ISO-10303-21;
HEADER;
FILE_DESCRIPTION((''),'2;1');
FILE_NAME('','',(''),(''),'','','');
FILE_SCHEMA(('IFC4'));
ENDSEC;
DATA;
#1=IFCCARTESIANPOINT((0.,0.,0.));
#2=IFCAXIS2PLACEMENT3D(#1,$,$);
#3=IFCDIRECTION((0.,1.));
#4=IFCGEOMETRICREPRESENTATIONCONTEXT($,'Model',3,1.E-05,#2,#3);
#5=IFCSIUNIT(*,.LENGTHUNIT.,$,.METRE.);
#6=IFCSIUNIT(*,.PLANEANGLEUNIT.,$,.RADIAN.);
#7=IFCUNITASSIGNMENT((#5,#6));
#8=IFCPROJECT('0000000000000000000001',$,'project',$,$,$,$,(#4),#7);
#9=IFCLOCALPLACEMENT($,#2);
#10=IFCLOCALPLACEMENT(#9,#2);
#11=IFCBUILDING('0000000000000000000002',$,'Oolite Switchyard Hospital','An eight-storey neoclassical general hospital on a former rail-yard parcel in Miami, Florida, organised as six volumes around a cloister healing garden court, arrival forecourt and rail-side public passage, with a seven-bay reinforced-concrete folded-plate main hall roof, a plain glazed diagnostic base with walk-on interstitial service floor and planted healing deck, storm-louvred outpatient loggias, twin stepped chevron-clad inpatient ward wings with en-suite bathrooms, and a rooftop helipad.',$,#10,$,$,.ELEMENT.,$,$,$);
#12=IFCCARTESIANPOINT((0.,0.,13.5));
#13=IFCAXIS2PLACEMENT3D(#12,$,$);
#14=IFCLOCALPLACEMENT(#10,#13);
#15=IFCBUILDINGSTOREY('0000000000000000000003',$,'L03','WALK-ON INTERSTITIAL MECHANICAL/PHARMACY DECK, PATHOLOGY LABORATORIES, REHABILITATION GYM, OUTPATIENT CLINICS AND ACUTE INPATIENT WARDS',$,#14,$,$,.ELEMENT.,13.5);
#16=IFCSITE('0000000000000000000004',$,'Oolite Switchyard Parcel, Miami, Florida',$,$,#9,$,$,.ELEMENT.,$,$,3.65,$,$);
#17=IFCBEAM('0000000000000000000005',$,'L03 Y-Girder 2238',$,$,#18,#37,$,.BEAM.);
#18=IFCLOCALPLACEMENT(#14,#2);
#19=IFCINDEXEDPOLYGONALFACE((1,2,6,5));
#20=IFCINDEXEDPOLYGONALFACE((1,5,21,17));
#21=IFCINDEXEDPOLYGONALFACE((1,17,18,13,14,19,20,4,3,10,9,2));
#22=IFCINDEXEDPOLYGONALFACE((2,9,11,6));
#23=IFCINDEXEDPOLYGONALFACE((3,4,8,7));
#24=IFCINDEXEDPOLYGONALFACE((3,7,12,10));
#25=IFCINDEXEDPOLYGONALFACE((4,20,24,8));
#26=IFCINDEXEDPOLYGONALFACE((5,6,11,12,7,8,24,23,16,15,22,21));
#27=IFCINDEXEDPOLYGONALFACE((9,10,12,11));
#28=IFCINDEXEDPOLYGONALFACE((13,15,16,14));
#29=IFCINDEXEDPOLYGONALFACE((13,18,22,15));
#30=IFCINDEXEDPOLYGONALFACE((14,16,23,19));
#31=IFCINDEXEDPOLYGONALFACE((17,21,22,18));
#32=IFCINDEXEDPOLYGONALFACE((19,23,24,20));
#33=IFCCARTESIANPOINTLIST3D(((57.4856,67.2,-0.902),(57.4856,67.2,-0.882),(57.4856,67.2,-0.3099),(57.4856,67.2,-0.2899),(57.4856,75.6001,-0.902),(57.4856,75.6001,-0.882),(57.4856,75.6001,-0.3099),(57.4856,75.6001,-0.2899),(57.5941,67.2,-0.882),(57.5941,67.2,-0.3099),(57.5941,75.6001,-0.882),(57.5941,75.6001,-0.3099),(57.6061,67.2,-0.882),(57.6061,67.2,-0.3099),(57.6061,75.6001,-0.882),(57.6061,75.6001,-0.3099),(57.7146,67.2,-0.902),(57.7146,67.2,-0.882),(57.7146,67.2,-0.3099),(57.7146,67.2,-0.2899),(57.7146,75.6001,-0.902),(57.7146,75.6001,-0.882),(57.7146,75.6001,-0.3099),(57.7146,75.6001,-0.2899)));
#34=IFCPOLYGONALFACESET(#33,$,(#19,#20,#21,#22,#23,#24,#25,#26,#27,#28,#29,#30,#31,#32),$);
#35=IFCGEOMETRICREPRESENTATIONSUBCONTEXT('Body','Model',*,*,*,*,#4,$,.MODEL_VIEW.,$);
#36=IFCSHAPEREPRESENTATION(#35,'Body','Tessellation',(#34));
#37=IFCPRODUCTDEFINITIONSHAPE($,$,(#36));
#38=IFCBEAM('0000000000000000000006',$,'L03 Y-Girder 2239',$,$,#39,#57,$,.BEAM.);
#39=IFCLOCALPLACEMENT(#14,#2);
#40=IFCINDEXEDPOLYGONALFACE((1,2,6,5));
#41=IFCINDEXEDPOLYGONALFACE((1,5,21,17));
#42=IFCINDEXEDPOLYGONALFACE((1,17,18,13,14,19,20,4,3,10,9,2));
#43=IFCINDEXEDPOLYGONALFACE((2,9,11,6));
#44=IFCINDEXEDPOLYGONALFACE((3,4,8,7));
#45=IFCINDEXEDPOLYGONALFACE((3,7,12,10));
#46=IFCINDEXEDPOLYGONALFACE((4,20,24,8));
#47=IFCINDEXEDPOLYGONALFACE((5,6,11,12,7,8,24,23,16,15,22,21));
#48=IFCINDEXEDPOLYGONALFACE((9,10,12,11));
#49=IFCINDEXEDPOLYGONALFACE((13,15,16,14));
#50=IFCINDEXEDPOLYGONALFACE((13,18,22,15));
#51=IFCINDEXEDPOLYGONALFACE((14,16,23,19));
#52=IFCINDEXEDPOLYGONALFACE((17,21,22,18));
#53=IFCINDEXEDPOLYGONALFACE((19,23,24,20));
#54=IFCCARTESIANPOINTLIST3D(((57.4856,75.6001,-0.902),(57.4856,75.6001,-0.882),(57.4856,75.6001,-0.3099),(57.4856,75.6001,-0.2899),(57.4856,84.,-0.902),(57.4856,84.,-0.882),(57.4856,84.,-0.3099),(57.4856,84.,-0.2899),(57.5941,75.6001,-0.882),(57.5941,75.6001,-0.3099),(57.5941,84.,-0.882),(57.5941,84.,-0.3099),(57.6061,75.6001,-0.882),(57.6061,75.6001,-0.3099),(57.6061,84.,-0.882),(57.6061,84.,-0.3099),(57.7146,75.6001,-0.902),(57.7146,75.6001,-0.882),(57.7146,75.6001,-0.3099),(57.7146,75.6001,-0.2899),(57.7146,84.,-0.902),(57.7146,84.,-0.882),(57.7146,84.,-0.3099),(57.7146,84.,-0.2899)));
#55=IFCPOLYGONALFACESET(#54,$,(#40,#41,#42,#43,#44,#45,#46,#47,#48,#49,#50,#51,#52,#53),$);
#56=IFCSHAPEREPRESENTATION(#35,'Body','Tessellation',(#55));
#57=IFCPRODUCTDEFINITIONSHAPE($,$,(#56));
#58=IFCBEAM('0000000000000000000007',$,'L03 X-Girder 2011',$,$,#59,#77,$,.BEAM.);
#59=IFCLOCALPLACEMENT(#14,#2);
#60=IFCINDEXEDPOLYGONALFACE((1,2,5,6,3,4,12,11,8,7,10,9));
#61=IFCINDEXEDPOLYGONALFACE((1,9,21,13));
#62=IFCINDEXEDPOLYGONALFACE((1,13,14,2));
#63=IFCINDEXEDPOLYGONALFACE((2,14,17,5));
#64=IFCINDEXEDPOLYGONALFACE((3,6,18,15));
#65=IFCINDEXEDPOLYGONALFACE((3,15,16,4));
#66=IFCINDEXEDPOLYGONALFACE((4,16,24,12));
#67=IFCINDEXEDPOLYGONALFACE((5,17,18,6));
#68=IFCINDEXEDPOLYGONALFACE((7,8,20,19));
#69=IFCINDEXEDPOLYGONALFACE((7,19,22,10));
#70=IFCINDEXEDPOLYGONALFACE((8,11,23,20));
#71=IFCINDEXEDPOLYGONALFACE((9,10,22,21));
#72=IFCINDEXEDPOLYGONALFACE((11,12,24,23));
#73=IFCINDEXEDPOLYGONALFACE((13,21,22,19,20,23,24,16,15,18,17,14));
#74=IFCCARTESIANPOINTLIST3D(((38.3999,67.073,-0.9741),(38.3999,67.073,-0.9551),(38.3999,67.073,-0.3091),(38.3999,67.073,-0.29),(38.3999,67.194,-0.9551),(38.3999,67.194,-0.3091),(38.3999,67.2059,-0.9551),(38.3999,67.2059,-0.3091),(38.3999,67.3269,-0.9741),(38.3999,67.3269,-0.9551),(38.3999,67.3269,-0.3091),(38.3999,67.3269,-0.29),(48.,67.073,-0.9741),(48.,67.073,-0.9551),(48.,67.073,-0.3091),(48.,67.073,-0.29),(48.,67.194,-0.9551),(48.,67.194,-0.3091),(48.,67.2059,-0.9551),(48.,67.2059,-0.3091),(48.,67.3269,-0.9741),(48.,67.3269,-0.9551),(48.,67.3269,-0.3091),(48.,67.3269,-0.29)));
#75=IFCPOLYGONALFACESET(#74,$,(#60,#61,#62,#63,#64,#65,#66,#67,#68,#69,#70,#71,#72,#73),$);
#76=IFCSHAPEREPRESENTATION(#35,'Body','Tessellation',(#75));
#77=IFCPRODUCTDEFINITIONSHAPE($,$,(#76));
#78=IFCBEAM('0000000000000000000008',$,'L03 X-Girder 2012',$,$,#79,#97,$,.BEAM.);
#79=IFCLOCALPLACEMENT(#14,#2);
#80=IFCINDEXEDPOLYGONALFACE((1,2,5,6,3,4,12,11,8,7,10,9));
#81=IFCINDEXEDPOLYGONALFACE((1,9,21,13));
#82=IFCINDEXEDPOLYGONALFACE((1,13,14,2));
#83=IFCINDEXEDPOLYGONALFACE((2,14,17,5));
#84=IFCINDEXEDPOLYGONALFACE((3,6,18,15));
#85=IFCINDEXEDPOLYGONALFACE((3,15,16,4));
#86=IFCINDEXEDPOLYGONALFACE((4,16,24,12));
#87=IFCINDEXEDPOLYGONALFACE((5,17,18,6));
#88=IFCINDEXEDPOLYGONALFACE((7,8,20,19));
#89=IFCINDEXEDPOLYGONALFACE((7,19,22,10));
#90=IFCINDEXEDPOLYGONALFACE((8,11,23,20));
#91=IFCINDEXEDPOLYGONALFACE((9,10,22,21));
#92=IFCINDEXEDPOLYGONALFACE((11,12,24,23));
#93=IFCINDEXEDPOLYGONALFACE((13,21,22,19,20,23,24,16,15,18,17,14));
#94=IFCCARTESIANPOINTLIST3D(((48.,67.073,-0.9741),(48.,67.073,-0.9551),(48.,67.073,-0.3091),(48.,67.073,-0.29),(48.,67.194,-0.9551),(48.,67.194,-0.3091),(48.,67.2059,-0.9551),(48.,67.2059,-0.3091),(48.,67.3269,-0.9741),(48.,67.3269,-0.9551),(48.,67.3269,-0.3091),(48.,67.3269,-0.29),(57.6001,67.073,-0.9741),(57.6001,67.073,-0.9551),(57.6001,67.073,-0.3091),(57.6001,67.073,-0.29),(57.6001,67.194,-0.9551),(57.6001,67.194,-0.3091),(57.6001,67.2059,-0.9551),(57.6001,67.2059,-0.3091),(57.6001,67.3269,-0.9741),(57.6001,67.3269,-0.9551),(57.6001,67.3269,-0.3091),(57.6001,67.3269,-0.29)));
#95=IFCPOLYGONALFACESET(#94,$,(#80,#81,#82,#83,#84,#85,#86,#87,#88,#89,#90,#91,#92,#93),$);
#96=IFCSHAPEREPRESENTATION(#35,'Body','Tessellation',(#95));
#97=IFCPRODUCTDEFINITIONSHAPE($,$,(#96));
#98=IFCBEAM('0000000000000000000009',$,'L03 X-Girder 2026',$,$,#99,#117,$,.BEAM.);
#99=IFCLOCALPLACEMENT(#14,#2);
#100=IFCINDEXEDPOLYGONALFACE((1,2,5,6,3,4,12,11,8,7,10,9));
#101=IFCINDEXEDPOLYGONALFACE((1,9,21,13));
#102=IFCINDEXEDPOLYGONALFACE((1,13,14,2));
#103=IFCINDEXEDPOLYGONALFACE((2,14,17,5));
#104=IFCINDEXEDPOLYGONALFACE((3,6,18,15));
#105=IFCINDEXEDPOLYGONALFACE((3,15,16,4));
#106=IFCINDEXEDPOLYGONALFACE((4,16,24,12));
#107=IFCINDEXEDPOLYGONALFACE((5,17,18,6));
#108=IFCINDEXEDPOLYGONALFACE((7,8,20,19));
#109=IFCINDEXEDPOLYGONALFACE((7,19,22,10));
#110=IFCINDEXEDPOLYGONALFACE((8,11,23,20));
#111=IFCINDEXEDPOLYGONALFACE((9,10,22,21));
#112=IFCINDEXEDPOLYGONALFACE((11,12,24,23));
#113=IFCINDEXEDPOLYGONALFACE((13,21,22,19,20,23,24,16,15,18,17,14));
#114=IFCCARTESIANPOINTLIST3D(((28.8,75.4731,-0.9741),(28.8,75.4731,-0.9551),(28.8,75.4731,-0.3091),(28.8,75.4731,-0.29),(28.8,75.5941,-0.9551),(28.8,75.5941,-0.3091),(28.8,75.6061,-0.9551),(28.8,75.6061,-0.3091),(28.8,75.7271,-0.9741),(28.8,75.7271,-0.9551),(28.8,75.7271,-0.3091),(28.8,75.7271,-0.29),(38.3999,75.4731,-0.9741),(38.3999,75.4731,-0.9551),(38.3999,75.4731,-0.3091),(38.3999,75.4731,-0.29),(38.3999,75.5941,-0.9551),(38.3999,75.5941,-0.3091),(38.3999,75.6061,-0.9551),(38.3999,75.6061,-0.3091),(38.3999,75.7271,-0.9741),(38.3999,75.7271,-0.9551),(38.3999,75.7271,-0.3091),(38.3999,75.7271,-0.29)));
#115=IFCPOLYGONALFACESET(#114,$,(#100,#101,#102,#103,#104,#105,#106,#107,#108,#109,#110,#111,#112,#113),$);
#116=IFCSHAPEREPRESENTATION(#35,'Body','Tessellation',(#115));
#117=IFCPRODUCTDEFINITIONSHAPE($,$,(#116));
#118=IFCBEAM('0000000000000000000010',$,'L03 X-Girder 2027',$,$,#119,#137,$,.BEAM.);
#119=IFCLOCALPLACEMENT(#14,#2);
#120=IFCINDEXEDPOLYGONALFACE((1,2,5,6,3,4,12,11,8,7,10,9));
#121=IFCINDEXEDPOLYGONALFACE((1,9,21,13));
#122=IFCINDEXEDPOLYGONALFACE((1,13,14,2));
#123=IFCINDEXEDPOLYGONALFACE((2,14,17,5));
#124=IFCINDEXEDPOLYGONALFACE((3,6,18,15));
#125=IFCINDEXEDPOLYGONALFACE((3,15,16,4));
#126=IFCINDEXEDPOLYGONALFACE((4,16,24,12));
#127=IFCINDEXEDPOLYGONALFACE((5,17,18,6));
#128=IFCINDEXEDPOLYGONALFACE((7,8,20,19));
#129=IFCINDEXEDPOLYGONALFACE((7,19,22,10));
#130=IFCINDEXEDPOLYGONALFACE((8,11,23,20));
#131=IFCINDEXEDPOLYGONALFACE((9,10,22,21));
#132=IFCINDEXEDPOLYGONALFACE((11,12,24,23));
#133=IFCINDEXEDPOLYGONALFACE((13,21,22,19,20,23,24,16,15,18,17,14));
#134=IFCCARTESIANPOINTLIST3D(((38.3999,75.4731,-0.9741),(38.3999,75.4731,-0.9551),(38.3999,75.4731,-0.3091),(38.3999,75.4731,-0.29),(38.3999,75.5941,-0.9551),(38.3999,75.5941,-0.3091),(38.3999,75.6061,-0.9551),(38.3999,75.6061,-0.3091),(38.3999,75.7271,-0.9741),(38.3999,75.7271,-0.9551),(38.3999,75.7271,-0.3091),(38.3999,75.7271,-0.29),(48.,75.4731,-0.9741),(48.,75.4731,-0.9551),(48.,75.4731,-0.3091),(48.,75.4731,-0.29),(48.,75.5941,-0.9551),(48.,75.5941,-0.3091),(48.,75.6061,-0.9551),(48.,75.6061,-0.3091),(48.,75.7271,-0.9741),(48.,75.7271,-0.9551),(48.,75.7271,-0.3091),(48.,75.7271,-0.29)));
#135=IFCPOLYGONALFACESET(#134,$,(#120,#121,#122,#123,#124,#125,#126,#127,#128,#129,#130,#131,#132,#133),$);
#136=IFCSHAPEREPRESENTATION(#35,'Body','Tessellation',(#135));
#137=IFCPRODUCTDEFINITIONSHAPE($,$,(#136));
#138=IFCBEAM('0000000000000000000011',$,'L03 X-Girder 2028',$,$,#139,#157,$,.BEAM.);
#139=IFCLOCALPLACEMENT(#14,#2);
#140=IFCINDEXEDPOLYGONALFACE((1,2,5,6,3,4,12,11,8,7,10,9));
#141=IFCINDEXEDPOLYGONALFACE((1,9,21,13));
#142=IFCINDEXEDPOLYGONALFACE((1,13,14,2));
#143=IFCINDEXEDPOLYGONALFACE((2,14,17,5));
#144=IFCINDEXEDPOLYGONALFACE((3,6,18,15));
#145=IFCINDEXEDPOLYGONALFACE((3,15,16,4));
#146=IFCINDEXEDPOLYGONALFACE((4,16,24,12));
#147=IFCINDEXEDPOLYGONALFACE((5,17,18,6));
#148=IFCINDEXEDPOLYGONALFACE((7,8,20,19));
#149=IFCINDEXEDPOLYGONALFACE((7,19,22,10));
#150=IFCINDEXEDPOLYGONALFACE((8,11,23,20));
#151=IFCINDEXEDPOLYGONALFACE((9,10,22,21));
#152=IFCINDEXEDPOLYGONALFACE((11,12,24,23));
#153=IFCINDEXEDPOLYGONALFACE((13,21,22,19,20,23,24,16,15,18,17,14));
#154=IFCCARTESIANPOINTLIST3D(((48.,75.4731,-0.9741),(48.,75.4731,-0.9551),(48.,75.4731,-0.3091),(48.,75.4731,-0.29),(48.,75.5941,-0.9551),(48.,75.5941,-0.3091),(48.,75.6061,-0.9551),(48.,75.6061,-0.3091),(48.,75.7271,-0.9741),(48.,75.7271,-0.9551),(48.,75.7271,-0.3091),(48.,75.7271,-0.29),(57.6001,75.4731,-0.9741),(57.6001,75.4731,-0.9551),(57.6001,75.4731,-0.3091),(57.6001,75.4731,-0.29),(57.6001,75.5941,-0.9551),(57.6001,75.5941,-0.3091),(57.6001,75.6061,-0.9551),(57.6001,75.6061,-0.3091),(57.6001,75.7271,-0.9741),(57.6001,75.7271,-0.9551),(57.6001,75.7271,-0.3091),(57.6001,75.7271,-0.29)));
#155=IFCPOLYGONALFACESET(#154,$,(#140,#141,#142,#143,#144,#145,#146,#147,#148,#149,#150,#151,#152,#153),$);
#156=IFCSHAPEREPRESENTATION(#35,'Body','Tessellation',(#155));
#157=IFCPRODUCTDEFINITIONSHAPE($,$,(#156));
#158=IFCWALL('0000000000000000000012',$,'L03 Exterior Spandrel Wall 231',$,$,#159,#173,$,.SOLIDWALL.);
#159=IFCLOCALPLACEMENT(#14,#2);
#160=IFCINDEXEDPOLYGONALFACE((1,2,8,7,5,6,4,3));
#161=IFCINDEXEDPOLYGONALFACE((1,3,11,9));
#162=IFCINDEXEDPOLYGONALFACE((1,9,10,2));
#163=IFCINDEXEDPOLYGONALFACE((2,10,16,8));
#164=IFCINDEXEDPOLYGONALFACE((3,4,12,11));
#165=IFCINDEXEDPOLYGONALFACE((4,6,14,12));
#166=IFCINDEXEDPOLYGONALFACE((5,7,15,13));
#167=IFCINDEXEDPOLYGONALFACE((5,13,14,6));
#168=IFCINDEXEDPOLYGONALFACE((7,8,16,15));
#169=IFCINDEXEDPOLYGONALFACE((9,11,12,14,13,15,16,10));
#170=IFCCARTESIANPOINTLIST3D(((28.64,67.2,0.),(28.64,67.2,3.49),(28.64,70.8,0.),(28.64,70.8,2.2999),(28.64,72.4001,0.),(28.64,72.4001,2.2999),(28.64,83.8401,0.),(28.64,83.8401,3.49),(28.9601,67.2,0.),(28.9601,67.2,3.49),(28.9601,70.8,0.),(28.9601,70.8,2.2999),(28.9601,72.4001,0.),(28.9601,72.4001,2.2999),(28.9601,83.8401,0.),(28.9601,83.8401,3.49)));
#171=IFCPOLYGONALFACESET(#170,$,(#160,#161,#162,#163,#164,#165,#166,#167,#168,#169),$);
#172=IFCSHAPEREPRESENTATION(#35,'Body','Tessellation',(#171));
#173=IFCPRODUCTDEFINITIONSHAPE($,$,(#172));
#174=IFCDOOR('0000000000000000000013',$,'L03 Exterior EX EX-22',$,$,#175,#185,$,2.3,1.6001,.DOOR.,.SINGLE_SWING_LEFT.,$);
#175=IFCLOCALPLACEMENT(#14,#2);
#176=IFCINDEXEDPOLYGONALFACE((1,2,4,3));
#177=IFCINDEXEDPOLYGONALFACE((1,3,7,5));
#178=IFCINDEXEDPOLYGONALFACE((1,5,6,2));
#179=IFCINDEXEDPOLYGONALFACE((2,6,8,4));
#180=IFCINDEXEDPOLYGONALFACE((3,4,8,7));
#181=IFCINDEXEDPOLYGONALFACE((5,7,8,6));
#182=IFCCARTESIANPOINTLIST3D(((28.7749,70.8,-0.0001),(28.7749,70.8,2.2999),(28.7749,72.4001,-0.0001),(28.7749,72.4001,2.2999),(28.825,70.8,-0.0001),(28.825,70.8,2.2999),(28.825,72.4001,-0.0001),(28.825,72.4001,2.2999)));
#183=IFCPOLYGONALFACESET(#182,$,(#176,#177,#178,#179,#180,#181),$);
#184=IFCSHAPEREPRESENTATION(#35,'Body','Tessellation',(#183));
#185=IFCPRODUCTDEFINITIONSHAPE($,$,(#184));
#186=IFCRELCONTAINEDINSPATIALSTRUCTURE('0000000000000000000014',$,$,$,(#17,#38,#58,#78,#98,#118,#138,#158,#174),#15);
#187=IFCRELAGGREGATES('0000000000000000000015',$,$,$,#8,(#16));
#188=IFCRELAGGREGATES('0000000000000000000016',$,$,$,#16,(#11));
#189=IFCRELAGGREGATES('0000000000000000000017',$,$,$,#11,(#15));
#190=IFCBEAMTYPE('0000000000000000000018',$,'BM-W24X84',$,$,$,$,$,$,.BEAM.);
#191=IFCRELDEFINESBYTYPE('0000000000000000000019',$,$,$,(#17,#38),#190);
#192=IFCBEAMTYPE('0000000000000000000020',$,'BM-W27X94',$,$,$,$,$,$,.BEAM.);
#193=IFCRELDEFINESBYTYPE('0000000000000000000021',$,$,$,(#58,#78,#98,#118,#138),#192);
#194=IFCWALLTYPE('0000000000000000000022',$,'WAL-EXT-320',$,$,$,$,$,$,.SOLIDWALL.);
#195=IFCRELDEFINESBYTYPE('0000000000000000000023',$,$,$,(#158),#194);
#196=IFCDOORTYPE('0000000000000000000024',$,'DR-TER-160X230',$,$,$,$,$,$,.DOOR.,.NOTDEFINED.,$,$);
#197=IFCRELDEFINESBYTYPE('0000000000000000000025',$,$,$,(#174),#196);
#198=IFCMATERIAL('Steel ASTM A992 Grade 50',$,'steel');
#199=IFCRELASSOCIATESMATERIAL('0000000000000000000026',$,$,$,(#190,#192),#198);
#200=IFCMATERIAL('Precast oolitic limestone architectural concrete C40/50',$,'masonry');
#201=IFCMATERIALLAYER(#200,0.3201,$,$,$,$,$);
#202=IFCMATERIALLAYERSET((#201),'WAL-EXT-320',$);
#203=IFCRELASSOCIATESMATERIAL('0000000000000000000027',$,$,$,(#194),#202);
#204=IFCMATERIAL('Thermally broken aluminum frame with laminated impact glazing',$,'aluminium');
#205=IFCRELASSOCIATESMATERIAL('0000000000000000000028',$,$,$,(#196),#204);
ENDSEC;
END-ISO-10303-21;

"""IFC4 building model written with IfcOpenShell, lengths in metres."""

from ifc_helpers import new_model, si_unit, direction, frame, frame_2d, origin, origin_2d, place, context, subcontext, project, spatial, rectangle, i_section, extrude, material, layer, layer_set, material_profile, profile_set, type_object, element, fill, save


model = new_model("IFC4")

# Units and contexts
model_context = context("Model", 3, precision=1e-05, world=origin(), true_north=direction((0.0, 1.0)))
body_context = subcontext(model_context, "Body", "Model", "MODEL_VIEW")
ifc_project = project(units=[si_unit("LENGTHUNIT", "METRE"), si_unit("PLANEANGLEUNIT", "RADIAN")], contexts=[model_context])

# Site, building, storey
site_placement = place(None, origin())
site = spatial("IfcSite", under=ifc_project, at=site_placement, Name="Oolite Switchyard Parcel, Miami, Florida", CompositionType="ELEMENT", RefElevation=3.65)
building_placement = place(site_placement, origin())
building = spatial("IfcBuilding", under=site, at=building_placement, Name="Oolite Switchyard Hospital", Description="An eight-storey neoclassical general hospital on a former rail-yard parcel in Miami, Florida, organised as six volumes around a cloister healing garden court, arrival forecourt and rail-side public passage, with a seven-bay reinforced-concrete folded-plate main hall roof, a plain glazed diagnostic base with walk-on interstitial service floor and planted healing deck, storm-louvred outpatient loggias, twin stepped chevron-clad inpatient ward wings with en-suite bathrooms, and a rooftop helipad.", CompositionType="ELEMENT")
storey_placement = place(building_placement, frame((0.0, 0.0, 13.5)))
storey = spatial("IfcBuildingStorey", under=building, at=storey_placement, Name="L03", Description="WALK-ON INTERSTITIAL MECHANICAL/PHARMACY DECK, PATHOLOGY LABORATORIES, REHABILITATION GYM, OUTPATIENT CLINICS AND ACUTE INPATIENT WARDS", CompositionType="ELEMENT", Elevation=13.5)

# Beams
ifc_material_1 = material(Name="Steel ASTM A992 Grade 50", Category="steel")
ifc_material_profile_1 = material_profile(ifc_material_1, i_section(OverallWidth=0.229, OverallDepth=0.6121, WebThickness=0.012, FlangeThickness=0.02, at=origin_2d()), Name="W24X84")
ifc_profile_set_1 = profile_set([ifc_material_profile_1], Name="Steel ASTM A992 Grade 50")
beam_type_1 = type_object("IfcBeamType", Name="BM-W24X84", PredefinedType="BEAM", material=ifc_profile_set_1)
beam_1_placement = place(storey_placement, frame((57.6001, 67.2, -0.5959), z_axis=(0.0, 1.0, 0.0), x_axis=(-1.0, 0.0, 0.0)))
element("IfcBeam", 1, at=beam_1_placement, inside=storey, type_object=beam_type_1, Name="L03 Y-Girder 2238", PredefinedType="BEAM", context=body_context, shape_type="SweptSolid", body=[
    extrude(i_section(OverallWidth=0.229, OverallDepth=0.6121, WebThickness=0.012, FlangeThickness=0.02, at=origin_2d()), origin(), (0.0, 0.0, 1.0), 8.4001),
])
beam_2_placement = place(storey_placement, frame((57.6001, 75.6001, -0.5959), z_axis=(0.0, 1.0, 0.0), x_axis=(-1.0, 0.0, 0.0)))
element("IfcBeam", 2, at=beam_2_placement, inside=storey, type_object=beam_type_1, Name="L03 Y-Girder 2239", PredefinedType="BEAM", context=body_context, shape_type="SweptSolid", body=[
    extrude(i_section(OverallWidth=0.229, OverallDepth=0.6121, WebThickness=0.012, FlangeThickness=0.02, at=origin_2d()), origin(), (0.0, 0.0, 1.0), 8.3999),
])
ifc_material_profile_2 = material_profile(ifc_material_1, i_section(OverallWidth=0.2539, OverallDepth=0.6841, WebThickness=0.012, FlangeThickness=0.019, at=origin_2d()), Name="W27X94")
ifc_profile_set_2 = profile_set([ifc_material_profile_2], Name="Steel ASTM A992 Grade 50")
beam_type_2 = type_object("IfcBeamType", Name="BM-W27X94", PredefinedType="BEAM", material=ifc_profile_set_2)
for number, where, z_axis, x_axis, name in (
    (3, (38.3999, 67.2, -0.6321), (1.0, 0.0, 0.0), (0.0, 1.0, 0.0), "L03 X-Girder 2011"),
    (4, (48.0, 67.2, -0.6321), (1.0, 0.0, 0.0), (0.0, 1.0, 0.0), "L03 X-Girder 2012"),
):
    element("IfcBeam", number, at=place(storey_placement, frame(where, z_axis=z_axis, x_axis=x_axis)), inside=storey, type_object=beam_type_2, Name=name, PredefinedType="BEAM", context=body_context, shape_type="SweptSolid", body=[
        extrude(i_section(OverallWidth=0.2539, OverallDepth=0.6841, WebThickness=0.012, FlangeThickness=0.019, at=origin_2d()), origin(), (0.0, 0.0, 1.0), 9.6001),
    ])
beam_3_placement = place(storey_placement, frame((28.8, 75.6001, -0.6321), z_axis=(1.0, 0.0, 0.0), x_axis=(0.0, 1.0, 0.0)))
element("IfcBeam", 5, at=beam_3_placement, inside=storey, type_object=beam_type_2, Name="L03 X-Girder 2026", PredefinedType="BEAM", context=body_context, shape_type="SweptSolid", body=[
    extrude(i_section(OverallWidth=0.2539, OverallDepth=0.6841, WebThickness=0.012, FlangeThickness=0.019, at=origin_2d()), origin(), (0.0, 0.0, 1.0), 9.5999),
])
for number, where, z_axis, x_axis, name in (
    (6, (38.3999, 75.6001, -0.6321), (1.0, 0.0, 0.0), (0.0, 1.0, 0.0), "L03 X-Girder 2027"),
    (7, (48.0, 75.6001, -0.6321), (1.0, 0.0, 0.0), (0.0, 1.0, 0.0), "L03 X-Girder 2028"),
):
    element("IfcBeam", number, at=place(storey_placement, frame(where, z_axis=z_axis, x_axis=x_axis)), inside=storey, type_object=beam_type_2, Name=name, PredefinedType="BEAM", context=body_context, shape_type="SweptSolid", body=[
        extrude(i_section(OverallWidth=0.2539, OverallDepth=0.6841, WebThickness=0.012, FlangeThickness=0.019, at=origin_2d()), origin(), (0.0, 0.0, 1.0), 9.6001),
    ])

# Wall, opening, door
ifc_material_2 = material(Name="Precast oolitic limestone architectural concrete C40/50", Category="masonry")
ifc_layer = layer(ifc_material_2, 0.3201)
ifc_layer_set = layer_set([ifc_layer], Name="WAL-EXT-320")
wall_type = type_object("IfcWallType", Name="WAL-EXT-320", PredefinedType="SOLIDWALL", material=ifc_layer_set)
wall_placement = place(storey_placement, frame((28.8, 83.8401, 0.0), z_axis=(0.0, 0.0, 1.0), x_axis=(0.0, -1.0, 0.0)))
wall = element("IfcWall", 8, at=wall_placement, inside=storey, type_object=wall_type, Name="L03 Exterior Spandrel Wall 231", PredefinedType="SOLIDWALL", context=body_context, shape_type="SweptSolid", body=[
    extrude(rectangle(XDim=16.6401, YDim=0.3201, at=frame_2d((8.3201, 0.0))), origin(), (0.0, 0.0, 1.0), 3.49),
])
opening_placement = place(wall_placement, frame((11.4399, 0.0, 0.0)))
opening = element("IfcOpeningElement", 9, at=opening_placement, cuts=wall, PredefinedType="OPENING", context=body_context, shape_type="SweptSolid", body=[
    extrude(rectangle(XDim=1.6001, YDim=2.3, at=frame_2d((0.8, 1.1499))), frame((0.0, 0.1699, 0.0), z_axis=(0.0, -1.0, 0.0), x_axis=(1.0, 0.0, 0.0)), (0.0, 0.0, 1.0), 0.3401),
])
ifc_material_3 = material(Name="Thermally broken aluminum frame with laminated impact glazing", Category="aluminium")
door_type = type_object("IfcDoorType", Name="DR-TER-160X230", OperationType="NOTDEFINED", PredefinedType="DOOR", material=ifc_material_3)
door_placement = place(opening_placement, origin())
door = element("IfcDoor", 10, at=door_placement, inside=storey, type_object=door_type, Name="L03 Exterior EX EX-22", OperationType="SINGLE_SWING_LEFT", OverallHeight=2.3, OverallWidth=1.6001, PredefinedType="DOOR", context=body_context, shape_type="SweptSolid", body=[
    extrude(rectangle(XDim=1.6001, YDim=2.3, at=frame_2d((0.8, 1.1499))), frame((0.0, 0.0249, 0.0), z_axis=(0.0, -1.0, 0.0), x_axis=(1.0, 0.0, 0.0)), (0.0, 0.0, 1.0), 0.05),
])
fill(opening, door)

save(model, "model.ifc")
